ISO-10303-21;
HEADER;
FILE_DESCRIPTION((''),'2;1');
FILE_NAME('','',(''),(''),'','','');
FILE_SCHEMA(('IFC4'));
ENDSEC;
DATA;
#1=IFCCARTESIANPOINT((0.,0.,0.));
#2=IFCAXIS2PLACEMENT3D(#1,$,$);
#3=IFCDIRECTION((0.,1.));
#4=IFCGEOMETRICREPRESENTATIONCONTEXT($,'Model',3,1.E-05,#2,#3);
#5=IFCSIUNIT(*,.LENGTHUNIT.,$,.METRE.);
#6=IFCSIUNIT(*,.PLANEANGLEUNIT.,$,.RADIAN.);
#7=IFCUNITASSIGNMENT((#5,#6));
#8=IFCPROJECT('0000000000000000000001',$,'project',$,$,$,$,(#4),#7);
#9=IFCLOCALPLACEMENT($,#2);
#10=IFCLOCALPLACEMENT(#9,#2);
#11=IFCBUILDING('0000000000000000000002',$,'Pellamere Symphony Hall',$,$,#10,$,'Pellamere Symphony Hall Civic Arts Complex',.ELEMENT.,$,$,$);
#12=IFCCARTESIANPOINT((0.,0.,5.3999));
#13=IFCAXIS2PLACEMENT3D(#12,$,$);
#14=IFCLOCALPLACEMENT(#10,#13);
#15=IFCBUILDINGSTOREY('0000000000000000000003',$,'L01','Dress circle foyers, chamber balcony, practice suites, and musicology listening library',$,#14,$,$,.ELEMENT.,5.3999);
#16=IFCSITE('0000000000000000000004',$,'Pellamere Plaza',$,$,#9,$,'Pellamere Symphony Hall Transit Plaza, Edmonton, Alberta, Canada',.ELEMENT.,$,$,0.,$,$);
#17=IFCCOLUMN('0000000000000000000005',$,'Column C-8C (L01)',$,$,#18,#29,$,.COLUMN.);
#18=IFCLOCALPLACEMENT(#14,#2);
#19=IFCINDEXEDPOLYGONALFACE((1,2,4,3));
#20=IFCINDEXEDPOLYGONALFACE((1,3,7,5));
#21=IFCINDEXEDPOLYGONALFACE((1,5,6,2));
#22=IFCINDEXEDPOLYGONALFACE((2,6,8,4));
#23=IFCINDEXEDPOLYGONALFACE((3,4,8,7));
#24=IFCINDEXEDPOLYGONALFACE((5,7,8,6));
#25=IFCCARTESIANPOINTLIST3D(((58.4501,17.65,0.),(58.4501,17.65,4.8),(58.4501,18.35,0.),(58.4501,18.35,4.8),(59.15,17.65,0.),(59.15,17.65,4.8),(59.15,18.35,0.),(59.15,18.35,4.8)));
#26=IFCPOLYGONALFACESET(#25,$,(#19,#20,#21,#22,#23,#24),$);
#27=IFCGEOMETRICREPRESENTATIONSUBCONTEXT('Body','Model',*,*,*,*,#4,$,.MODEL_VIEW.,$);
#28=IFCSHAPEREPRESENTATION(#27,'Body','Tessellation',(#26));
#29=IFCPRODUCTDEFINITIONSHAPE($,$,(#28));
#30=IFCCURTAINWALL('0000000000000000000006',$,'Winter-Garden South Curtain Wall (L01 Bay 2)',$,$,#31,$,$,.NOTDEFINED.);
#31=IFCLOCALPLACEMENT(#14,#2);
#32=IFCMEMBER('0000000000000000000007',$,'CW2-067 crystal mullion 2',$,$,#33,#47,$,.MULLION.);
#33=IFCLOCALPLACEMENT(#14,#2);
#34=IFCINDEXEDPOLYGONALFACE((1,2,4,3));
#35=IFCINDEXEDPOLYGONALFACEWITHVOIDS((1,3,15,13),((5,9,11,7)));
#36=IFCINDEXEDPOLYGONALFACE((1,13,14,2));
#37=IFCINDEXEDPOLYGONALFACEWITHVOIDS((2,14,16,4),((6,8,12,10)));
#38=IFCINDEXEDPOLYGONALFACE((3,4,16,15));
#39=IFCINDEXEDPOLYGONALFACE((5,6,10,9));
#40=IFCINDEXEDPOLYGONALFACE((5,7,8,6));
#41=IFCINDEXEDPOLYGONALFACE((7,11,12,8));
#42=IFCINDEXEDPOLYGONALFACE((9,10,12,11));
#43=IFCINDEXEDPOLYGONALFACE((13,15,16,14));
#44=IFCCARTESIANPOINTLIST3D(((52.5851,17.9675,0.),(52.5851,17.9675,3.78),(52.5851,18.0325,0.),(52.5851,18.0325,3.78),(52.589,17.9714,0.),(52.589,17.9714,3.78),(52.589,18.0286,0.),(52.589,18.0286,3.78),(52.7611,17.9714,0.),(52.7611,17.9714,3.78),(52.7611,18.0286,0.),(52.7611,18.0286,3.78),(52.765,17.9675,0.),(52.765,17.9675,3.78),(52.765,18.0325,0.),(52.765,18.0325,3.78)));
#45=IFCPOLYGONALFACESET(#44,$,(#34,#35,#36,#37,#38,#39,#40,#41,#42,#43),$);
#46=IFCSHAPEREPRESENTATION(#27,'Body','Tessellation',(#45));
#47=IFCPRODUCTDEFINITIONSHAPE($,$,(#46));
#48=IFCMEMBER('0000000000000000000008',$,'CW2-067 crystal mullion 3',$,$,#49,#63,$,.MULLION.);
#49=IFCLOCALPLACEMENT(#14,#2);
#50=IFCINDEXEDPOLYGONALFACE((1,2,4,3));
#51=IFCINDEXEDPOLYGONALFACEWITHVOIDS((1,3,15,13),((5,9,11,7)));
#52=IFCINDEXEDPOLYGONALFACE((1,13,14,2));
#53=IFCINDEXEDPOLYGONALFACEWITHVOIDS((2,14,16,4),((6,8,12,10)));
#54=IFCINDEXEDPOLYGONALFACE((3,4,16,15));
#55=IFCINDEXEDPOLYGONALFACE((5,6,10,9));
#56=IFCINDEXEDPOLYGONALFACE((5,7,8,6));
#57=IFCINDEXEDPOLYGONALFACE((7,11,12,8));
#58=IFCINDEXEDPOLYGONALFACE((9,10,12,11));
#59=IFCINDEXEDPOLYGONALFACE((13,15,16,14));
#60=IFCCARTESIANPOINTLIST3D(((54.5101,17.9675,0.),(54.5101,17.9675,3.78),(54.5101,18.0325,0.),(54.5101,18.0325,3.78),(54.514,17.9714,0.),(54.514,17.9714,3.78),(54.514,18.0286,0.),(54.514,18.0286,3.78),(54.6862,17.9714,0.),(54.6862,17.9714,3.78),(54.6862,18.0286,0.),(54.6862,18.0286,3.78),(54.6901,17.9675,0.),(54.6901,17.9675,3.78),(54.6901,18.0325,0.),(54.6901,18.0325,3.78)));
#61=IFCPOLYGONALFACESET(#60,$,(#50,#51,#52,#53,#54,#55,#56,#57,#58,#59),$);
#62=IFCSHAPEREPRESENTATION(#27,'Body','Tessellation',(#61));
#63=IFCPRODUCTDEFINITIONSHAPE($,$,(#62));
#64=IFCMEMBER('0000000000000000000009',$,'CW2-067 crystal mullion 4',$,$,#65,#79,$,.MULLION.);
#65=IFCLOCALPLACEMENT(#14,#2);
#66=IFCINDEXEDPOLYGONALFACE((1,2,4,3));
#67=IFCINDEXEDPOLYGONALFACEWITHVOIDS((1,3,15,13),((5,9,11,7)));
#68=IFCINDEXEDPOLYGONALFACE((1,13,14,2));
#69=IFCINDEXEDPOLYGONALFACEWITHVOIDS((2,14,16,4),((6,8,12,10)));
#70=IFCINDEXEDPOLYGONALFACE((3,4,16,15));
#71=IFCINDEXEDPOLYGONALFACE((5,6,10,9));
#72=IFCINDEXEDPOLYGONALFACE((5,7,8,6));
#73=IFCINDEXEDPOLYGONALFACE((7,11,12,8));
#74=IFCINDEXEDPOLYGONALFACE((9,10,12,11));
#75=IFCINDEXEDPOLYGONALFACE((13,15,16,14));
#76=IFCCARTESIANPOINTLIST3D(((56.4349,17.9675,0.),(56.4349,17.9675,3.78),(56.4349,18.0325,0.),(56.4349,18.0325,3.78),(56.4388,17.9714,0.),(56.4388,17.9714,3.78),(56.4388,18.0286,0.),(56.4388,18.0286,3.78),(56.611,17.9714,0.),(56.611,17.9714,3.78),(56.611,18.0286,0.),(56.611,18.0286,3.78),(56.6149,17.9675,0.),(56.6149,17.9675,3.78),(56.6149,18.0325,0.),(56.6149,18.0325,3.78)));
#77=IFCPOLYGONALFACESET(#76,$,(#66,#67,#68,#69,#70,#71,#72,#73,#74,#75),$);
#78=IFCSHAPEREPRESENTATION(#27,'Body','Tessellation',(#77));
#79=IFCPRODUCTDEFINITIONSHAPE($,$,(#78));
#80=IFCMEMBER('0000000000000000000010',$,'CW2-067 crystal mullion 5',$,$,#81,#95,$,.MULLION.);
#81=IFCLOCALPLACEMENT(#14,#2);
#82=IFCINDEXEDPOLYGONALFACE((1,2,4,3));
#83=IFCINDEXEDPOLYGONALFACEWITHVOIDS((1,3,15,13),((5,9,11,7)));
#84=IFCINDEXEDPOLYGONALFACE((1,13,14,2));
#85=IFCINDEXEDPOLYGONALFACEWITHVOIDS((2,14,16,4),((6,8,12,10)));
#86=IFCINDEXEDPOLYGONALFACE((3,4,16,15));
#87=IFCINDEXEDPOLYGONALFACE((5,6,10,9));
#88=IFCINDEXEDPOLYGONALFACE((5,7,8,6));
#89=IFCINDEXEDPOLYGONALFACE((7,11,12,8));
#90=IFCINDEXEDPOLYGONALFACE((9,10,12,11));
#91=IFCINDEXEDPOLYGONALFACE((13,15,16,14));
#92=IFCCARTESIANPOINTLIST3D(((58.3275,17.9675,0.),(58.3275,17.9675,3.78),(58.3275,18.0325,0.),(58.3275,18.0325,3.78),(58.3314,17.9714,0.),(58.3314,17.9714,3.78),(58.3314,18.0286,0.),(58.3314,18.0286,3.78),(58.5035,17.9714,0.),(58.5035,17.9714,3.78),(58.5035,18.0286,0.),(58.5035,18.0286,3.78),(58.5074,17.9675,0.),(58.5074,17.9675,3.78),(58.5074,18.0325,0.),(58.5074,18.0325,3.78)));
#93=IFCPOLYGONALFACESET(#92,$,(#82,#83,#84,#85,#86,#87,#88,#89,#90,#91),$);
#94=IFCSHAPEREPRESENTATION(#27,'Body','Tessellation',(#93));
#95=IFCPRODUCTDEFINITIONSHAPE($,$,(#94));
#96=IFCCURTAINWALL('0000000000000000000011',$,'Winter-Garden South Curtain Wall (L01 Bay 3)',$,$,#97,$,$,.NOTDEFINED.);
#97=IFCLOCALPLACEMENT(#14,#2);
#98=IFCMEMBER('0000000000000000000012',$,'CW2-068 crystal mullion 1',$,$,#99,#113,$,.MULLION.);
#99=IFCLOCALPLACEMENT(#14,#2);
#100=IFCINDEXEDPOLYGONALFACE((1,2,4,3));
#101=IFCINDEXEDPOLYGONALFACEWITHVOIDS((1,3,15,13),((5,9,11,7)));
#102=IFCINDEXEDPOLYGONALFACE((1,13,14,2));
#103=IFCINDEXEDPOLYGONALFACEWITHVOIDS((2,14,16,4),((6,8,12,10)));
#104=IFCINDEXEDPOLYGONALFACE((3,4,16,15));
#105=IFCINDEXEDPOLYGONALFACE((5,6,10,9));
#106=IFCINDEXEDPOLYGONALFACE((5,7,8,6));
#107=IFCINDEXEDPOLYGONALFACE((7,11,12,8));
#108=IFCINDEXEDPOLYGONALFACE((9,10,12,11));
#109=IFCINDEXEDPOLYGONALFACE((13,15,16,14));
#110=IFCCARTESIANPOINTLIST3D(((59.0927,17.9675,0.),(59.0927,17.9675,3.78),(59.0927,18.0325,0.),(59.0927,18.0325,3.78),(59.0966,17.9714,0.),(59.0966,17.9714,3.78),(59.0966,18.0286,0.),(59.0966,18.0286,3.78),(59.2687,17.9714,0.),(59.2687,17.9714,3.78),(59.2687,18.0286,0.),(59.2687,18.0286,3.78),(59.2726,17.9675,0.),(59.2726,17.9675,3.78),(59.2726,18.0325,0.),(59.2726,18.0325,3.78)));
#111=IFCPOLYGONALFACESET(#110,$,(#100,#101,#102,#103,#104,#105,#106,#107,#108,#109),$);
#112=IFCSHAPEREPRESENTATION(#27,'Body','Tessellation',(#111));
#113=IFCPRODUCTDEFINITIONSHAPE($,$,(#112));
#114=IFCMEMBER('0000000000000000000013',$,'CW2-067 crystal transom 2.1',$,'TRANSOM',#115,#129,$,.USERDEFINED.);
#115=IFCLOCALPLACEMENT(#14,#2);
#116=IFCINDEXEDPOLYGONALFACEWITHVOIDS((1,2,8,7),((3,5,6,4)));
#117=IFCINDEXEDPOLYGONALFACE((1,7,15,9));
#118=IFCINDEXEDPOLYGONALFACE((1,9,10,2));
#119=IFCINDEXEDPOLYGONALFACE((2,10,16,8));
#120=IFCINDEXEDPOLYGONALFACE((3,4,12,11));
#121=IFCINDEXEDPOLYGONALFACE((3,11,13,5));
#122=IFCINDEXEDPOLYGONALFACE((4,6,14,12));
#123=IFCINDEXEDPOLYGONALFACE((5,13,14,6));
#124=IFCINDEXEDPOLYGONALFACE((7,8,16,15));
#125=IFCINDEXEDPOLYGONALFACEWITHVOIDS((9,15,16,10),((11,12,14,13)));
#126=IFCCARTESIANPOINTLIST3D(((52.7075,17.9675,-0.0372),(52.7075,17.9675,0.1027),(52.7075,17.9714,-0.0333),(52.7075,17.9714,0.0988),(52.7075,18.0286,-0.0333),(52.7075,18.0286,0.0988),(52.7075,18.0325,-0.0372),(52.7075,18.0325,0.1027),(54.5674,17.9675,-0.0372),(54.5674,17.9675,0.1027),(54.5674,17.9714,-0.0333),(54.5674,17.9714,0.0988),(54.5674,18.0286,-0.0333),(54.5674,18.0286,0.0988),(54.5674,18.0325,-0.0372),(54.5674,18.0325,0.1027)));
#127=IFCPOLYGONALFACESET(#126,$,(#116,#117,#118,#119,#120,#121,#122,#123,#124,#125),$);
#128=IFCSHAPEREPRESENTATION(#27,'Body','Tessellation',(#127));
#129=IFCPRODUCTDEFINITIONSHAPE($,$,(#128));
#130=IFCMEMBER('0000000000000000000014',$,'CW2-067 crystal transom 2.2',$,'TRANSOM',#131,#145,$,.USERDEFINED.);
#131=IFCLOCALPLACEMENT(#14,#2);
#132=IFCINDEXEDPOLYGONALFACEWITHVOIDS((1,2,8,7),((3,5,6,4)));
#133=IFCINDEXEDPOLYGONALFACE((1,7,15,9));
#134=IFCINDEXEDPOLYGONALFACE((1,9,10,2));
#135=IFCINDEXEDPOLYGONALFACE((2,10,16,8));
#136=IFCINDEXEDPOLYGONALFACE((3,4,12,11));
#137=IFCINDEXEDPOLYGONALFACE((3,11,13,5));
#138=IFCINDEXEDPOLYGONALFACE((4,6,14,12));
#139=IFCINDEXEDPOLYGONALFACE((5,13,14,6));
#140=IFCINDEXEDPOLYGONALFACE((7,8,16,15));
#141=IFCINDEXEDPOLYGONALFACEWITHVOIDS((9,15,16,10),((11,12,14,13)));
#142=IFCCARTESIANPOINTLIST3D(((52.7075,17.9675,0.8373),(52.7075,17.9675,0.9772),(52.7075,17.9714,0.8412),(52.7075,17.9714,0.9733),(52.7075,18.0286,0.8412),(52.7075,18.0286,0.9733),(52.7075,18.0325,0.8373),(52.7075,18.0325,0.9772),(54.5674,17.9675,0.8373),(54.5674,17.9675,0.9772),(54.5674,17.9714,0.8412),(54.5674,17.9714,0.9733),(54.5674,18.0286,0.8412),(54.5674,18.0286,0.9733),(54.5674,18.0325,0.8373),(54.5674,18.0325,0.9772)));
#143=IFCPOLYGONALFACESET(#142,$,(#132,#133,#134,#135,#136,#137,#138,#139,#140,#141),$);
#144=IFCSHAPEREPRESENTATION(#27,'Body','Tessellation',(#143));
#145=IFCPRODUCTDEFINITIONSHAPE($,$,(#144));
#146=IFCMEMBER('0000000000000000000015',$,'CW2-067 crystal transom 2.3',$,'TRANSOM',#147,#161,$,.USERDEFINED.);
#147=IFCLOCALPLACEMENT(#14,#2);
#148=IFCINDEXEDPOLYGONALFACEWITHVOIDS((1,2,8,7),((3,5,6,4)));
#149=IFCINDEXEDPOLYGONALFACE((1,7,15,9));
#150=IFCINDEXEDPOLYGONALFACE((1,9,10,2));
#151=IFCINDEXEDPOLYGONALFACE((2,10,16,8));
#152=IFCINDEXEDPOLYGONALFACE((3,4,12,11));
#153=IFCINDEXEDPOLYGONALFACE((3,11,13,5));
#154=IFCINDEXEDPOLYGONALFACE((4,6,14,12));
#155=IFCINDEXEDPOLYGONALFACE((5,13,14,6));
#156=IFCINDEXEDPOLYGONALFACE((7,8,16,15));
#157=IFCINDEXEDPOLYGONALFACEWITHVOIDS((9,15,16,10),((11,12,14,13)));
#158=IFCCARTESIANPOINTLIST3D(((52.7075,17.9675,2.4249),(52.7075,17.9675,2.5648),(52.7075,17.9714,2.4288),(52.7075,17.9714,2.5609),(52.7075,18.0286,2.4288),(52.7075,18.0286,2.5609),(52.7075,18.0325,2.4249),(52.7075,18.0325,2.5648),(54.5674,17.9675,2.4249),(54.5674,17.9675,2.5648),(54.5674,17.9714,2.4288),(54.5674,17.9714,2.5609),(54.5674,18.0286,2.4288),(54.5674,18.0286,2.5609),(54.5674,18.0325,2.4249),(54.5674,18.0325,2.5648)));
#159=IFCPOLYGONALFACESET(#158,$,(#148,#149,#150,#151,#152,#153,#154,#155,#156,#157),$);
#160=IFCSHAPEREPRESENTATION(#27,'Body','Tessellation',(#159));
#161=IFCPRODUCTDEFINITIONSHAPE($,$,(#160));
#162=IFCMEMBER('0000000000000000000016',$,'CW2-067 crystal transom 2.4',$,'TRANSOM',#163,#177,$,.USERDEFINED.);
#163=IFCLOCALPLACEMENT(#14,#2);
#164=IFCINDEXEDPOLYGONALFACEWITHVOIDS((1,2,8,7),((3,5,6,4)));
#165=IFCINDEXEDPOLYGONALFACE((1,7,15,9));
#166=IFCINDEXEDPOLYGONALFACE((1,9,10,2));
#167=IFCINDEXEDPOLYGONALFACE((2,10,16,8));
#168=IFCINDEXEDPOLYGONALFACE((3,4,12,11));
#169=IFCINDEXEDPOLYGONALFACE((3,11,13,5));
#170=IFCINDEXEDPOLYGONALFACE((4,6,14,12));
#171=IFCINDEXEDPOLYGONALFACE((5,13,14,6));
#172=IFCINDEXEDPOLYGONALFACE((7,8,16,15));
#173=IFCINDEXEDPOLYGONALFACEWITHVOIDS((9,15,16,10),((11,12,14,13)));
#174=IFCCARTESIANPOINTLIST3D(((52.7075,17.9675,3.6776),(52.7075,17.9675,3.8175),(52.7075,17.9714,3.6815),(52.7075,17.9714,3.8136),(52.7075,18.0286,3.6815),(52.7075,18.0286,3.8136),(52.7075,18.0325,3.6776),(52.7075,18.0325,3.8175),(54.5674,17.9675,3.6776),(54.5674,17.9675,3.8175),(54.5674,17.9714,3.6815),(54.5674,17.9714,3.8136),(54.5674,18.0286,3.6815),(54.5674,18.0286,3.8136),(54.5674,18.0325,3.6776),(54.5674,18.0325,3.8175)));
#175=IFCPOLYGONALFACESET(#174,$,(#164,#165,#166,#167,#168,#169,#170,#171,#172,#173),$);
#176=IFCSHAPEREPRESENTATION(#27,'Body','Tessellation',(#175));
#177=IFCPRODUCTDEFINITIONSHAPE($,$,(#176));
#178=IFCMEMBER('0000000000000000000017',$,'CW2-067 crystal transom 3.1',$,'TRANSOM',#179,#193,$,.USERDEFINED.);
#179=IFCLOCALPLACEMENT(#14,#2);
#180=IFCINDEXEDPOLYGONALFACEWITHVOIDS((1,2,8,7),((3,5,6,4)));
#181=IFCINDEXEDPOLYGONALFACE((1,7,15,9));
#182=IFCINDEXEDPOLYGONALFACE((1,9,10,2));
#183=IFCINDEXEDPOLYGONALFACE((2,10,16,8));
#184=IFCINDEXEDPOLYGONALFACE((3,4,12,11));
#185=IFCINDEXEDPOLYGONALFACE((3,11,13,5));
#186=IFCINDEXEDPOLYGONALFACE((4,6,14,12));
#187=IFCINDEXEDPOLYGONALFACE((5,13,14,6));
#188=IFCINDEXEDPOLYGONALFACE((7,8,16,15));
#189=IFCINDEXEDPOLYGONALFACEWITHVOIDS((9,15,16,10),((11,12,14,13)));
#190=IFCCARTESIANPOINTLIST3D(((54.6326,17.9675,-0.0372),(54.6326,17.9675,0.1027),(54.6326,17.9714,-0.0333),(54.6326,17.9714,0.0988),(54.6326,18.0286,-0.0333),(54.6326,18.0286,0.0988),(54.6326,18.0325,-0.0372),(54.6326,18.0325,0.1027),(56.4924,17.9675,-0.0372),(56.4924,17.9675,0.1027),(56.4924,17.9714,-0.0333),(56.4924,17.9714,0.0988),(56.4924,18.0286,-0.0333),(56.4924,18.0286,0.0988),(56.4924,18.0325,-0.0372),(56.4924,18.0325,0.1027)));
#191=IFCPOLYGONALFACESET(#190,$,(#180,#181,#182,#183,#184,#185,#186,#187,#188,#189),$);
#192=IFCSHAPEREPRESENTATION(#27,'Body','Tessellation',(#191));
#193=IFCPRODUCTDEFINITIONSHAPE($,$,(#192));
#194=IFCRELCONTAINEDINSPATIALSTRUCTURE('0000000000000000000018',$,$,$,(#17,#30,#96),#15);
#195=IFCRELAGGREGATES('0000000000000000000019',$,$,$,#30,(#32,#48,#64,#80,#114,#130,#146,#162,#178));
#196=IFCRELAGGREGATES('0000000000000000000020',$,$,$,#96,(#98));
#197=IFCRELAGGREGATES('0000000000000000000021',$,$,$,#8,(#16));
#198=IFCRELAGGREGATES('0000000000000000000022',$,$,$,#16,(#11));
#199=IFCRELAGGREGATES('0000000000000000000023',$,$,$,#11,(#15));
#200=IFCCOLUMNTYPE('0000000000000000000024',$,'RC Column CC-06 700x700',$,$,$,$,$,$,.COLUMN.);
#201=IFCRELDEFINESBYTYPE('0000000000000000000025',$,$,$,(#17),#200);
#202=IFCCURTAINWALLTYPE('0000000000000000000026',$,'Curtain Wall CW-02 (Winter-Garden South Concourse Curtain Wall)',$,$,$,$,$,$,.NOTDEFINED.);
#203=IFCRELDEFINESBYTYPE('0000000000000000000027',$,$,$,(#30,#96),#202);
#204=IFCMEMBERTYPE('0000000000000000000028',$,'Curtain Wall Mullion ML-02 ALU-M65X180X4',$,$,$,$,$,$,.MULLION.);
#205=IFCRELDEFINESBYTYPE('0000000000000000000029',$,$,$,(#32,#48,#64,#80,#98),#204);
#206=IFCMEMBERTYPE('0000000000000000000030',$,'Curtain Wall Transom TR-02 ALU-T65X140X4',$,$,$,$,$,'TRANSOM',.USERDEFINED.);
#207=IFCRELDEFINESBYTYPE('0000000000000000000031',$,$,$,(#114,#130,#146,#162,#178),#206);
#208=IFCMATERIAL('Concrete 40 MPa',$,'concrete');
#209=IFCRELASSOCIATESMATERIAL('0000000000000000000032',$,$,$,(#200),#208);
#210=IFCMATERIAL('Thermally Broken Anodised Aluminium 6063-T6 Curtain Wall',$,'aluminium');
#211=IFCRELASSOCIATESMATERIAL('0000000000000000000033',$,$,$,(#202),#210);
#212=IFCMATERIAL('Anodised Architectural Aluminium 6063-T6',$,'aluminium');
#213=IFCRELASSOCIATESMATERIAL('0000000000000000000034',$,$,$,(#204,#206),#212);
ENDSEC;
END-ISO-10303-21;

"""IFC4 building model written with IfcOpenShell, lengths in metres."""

from ifc_helpers import new_model, si_unit, direction, frame, origin, origin_2d, place, context, subcontext, project, spatial, rectangle, hollow_rectangle, extrude, material, material_profile, profile_set, type_object, element, aggregate, save


model = new_model("IFC4")

# Units and contexts
model_context = context("Model", 3, precision=1e-05, world=origin(), true_north=direction((0.0, 1.0)))
body_context = subcontext(model_context, "Body", "Model", "MODEL_VIEW")
ifc_project = project(units=[si_unit("LENGTHUNIT", "METRE"), si_unit("PLANEANGLEUNIT", "RADIAN")], contexts=[model_context])

# Site, building, storey
site_placement = place(None, origin())
site = spatial("IfcSite", under=ifc_project, at=site_placement, Name="Pellamere Plaza", LongName="Pellamere Symphony Hall Transit Plaza, Edmonton, Alberta, Canada", CompositionType="ELEMENT", RefElevation=0.0)
building_placement = place(site_placement, origin())
building = spatial("IfcBuilding", under=site, at=building_placement, Name="Pellamere Symphony Hall", LongName="Pellamere Symphony Hall Civic Arts Complex", CompositionType="ELEMENT")
storey_placement = place(building_placement, frame((0.0, 0.0, 5.3999)))
storey = spatial("IfcBuildingStorey", under=building, at=storey_placement, Name="L01", Description="Dress circle foyers, chamber balcony, practice suites, and musicology listening library", CompositionType="ELEMENT", Elevation=5.3999)

# Column
ifc_material_1 = material(Name="Concrete 40 MPa", Category="concrete")
ifc_material_profile_1 = material_profile(ifc_material_1, rectangle(XDim=0.7, YDim=0.7, at=origin_2d()), Name="RC 700x700")
ifc_profile_set_1 = profile_set([ifc_material_profile_1], Name="Concrete 40 MPa")
column_type = type_object("IfcColumnType", Name="RC Column CC-06 700x700", PredefinedType="COLUMN", material=ifc_profile_set_1)
column_placement = place(storey_placement, frame((58.8, 18.0, 0.0), z_axis=(0.0, 0.0, 1.0), x_axis=(1.0, 0.0, 0.0)))
element("IfcColumn", 1, at=column_placement, inside=storey, type_object=column_type, Name="Column C-8C (L01)", PredefinedType="COLUMN", context=body_context, shape_type="SweptSolid", body=[
    extrude(rectangle(XDim=0.7, YDim=0.7, at=origin_2d()), origin(), (0.0, 0.0, 1.0), 4.8),
])

# Curtain wall, members
ifc_material_2 = material(Name="Thermally Broken Anodised Aluminium 6063-T6 Curtain Wall", Category="aluminium")
curtain_wall_type = type_object("IfcCurtainWallType", Name="Curtain Wall CW-02 (Winter-Garden South Concourse Curtain Wall)", PredefinedType="NOTDEFINED", material=ifc_material_2)
curtain_wall_1_placement = place(storey_placement, origin())
curtain_wall_1 = element("IfcCurtainWall", 2, at=curtain_wall_1_placement, inside=storey, type_object=curtain_wall_type, Name="Winter-Garden South Curtain Wall (L01 Bay 2)", PredefinedType="NOTDEFINED")
ifc_material_3 = material(Name="Anodised Architectural Aluminium 6063-T6", Category="aluminium")
ifc_material_profile_2 = material_profile(ifc_material_3, hollow_rectangle(XDim=0.0649, YDim=0.1799, WallThickness=0.0039, at=origin_2d()), Name="ALU-M65X180X4")
ifc_profile_set_2 = profile_set([ifc_material_profile_2], Name="Anodised Architectural Aluminium 6063-T6")
member_type_1 = type_object("IfcMemberType", Name="Curtain Wall Mullion ML-02 ALU-M65X180X4", PredefinedType="MULLION", material=ifc_profile_set_2)
member_1_placement = place(storey_placement, frame((52.675, 18.0, 0.0), z_axis=(0.0, 0.0, 1.0), x_axis=(0.0, 1.0, 0.0)))
member_1 = element("IfcMember", 3, at=member_1_placement, type_object=member_type_1, Name="CW2-067 crystal mullion 2", PredefinedType="MULLION", context=body_context, shape_type="SweptSolid", body=[
    extrude(hollow_rectangle(XDim=0.0649, YDim=0.1799, WallThickness=0.0039, at=origin_2d()), origin(), (0.0, 0.0, 1.0), 3.78),
])
member_2_placement = place(storey_placement, frame((54.6001, 18.0, 0.0), z_axis=(0.0, 0.0, 1.0), x_axis=(0.0, 1.0, 0.0)))
member_2 = element("IfcMember", 4, at=member_2_placement, type_object=member_type_1, Name="CW2-067 crystal mullion 3", PredefinedType="MULLION", context=body_context, shape_type="SweptSolid", body=[
    extrude(hollow_rectangle(XDim=0.0649, YDim=0.1799, WallThickness=0.0039, at=origin_2d()), origin(), (0.0, 0.0, 1.0), 3.78),
])
member_3_placement = place(storey_placement, frame((56.5249, 18.0, 0.0), z_axis=(0.0, 0.0, 1.0), x_axis=(0.0, 1.0, 0.0)))
member_3 = element("IfcMember", 5, at=member_3_placement, type_object=member_type_1, Name="CW2-067 crystal mullion 4", PredefinedType="MULLION", context=body_context, shape_type="SweptSolid", body=[
    extrude(hollow_rectangle(XDim=0.0649, YDim=0.1799, WallThickness=0.0039, at=origin_2d()), origin(), (0.0, 0.0, 1.0), 3.78),
])
member_4_placement = place(storey_placement, frame((58.4175, 18.0, 0.0), z_axis=(0.0, 0.0, 1.0), x_axis=(0.0, 1.0, 0.0)))
member_4 = element("IfcMember", 6, at=member_4_placement, type_object=member_type_1, Name="CW2-067 crystal mullion 5", PredefinedType="MULLION", context=body_context, shape_type="SweptSolid", body=[
    extrude(hollow_rectangle(XDim=0.0649, YDim=0.1799, WallThickness=0.0039, at=origin_2d()), origin(), (0.0, 0.0, 1.0), 3.78),
])

# Curtain wall, member
curtain_wall_2_placement = place(storey_placement, origin())
curtain_wall_2 = element("IfcCurtainWall", 7, at=curtain_wall_2_placement, inside=storey, type_object=curtain_wall_type, Name="Winter-Garden South Curtain Wall (L01 Bay 3)", PredefinedType="NOTDEFINED")
member_5_placement = place(storey_placement, frame((59.1826, 18.0, 0.0), z_axis=(0.0, 0.0, 1.0), x_axis=(0.0, 1.0, 0.0)))
member_5 = element("IfcMember", 8, at=member_5_placement, type_object=member_type_1, Name="CW2-068 crystal mullion 1", PredefinedType="MULLION", context=body_context, shape_type="SweptSolid", body=[
    extrude(hollow_rectangle(XDim=0.0649, YDim=0.1799, WallThickness=0.0039, at=origin_2d()), origin(), (0.0, 0.0, 1.0), 3.78),
])

# Members
ifc_material_profile_3 = material_profile(ifc_material_3, hollow_rectangle(XDim=0.0649, YDim=0.1399, WallThickness=0.0039, at=origin_2d()), Name="ALU-T65X140X4")
ifc_profile_set_3 = profile_set([ifc_material_profile_3], Name="Anodised Architectural Aluminium 6063-T6")
member_type_2 = type_object("IfcMemberType", Name="Curtain Wall Transom TR-02 ALU-T65X140X4", ElementType="TRANSOM", PredefinedType="USERDEFINED", material=ifc_profile_set_3)
member_6_placement = place(storey_placement, frame((52.7075, 18.0, 0.0327), z_axis=(1.0, 0.0, 0.0), x_axis=(0.0, 1.0, 0.0)))
member_6 = element("IfcMember", 9, at=member_6_placement, type_object=member_type_2, Name="CW2-067 crystal transom 2.1", ObjectType="TRANSOM", PredefinedType="USERDEFINED", context=body_context, shape_type="SweptSolid", body=[
    extrude(hollow_rectangle(XDim=0.0649, YDim=0.1399, WallThickness=0.0039, at=origin_2d()), origin(), (0.0, 0.0, 1.0), 1.8599),
])
member_7_placement = place(storey_placement, frame((52.7075, 18.0, 0.9072), z_axis=(1.0, 0.0, 0.0), x_axis=(0.0, 1.0, 0.0)))
member_7 = element("IfcMember", 10, at=member_7_placement, type_object=member_type_2, Name="CW2-067 crystal transom 2.2", ObjectType="TRANSOM", PredefinedType="USERDEFINED", context=body_context, shape_type="SweptSolid", body=[
    extrude(hollow_rectangle(XDim=0.0649, YDim=0.1399, WallThickness=0.0039, at=origin_2d()), origin(), (0.0, 0.0, 1.0), 1.8599),
])
member_8_placement = place(storey_placement, frame((52.7075, 18.0, 2.4949), z_axis=(1.0, 0.0, 0.0), x_axis=(0.0, 1.0, 0.0)))
member_8 = element("IfcMember", 11, at=member_8_placement, type_object=member_type_2, Name="CW2-067 crystal transom 2.3", ObjectType="TRANSOM", PredefinedType="USERDEFINED", context=body_context, shape_type="SweptSolid", body=[
    extrude(hollow_rectangle(XDim=0.0649, YDim=0.1399, WallThickness=0.0039, at=origin_2d()), origin(), (0.0, 0.0, 1.0), 1.8599),
])
member_9_placement = place(storey_placement, frame((52.7075, 18.0, 3.7476), z_axis=(1.0, 0.0, 0.0), x_axis=(0.0, 1.0, 0.0)))
member_9 = element("IfcMember", 12, at=member_9_placement, type_object=member_type_2, Name="CW2-067 crystal transom 2.4", ObjectType="TRANSOM", PredefinedType="USERDEFINED", context=body_context, shape_type="SweptSolid", body=[
    extrude(hollow_rectangle(XDim=0.0649, YDim=0.1399, WallThickness=0.0039, at=origin_2d()), origin(), (0.0, 0.0, 1.0), 1.8599),
])
member_10_placement = place(storey_placement, frame((54.6326, 18.0, 0.0327), z_axis=(1.0, 0.0, 0.0), x_axis=(0.0, 1.0, 0.0)))
member_10 = element("IfcMember", 13, at=member_10_placement, type_object=member_type_2, Name="CW2-067 crystal transom 3.1", ObjectType="TRANSOM", PredefinedType="USERDEFINED", context=body_context, shape_type="SweptSolid", body=[
    extrude(hollow_rectangle(XDim=0.0649, YDim=0.1399, WallThickness=0.0039, at=origin_2d()), origin(), (0.0, 0.0, 1.0), 1.8599),
])

aggregate(curtain_wall_1, [member_1, member_2, member_3, member_4, member_6, member_7, member_8, member_9, member_10])
aggregate(curtain_wall_2, [member_5])

save(model, "model.ifc")
